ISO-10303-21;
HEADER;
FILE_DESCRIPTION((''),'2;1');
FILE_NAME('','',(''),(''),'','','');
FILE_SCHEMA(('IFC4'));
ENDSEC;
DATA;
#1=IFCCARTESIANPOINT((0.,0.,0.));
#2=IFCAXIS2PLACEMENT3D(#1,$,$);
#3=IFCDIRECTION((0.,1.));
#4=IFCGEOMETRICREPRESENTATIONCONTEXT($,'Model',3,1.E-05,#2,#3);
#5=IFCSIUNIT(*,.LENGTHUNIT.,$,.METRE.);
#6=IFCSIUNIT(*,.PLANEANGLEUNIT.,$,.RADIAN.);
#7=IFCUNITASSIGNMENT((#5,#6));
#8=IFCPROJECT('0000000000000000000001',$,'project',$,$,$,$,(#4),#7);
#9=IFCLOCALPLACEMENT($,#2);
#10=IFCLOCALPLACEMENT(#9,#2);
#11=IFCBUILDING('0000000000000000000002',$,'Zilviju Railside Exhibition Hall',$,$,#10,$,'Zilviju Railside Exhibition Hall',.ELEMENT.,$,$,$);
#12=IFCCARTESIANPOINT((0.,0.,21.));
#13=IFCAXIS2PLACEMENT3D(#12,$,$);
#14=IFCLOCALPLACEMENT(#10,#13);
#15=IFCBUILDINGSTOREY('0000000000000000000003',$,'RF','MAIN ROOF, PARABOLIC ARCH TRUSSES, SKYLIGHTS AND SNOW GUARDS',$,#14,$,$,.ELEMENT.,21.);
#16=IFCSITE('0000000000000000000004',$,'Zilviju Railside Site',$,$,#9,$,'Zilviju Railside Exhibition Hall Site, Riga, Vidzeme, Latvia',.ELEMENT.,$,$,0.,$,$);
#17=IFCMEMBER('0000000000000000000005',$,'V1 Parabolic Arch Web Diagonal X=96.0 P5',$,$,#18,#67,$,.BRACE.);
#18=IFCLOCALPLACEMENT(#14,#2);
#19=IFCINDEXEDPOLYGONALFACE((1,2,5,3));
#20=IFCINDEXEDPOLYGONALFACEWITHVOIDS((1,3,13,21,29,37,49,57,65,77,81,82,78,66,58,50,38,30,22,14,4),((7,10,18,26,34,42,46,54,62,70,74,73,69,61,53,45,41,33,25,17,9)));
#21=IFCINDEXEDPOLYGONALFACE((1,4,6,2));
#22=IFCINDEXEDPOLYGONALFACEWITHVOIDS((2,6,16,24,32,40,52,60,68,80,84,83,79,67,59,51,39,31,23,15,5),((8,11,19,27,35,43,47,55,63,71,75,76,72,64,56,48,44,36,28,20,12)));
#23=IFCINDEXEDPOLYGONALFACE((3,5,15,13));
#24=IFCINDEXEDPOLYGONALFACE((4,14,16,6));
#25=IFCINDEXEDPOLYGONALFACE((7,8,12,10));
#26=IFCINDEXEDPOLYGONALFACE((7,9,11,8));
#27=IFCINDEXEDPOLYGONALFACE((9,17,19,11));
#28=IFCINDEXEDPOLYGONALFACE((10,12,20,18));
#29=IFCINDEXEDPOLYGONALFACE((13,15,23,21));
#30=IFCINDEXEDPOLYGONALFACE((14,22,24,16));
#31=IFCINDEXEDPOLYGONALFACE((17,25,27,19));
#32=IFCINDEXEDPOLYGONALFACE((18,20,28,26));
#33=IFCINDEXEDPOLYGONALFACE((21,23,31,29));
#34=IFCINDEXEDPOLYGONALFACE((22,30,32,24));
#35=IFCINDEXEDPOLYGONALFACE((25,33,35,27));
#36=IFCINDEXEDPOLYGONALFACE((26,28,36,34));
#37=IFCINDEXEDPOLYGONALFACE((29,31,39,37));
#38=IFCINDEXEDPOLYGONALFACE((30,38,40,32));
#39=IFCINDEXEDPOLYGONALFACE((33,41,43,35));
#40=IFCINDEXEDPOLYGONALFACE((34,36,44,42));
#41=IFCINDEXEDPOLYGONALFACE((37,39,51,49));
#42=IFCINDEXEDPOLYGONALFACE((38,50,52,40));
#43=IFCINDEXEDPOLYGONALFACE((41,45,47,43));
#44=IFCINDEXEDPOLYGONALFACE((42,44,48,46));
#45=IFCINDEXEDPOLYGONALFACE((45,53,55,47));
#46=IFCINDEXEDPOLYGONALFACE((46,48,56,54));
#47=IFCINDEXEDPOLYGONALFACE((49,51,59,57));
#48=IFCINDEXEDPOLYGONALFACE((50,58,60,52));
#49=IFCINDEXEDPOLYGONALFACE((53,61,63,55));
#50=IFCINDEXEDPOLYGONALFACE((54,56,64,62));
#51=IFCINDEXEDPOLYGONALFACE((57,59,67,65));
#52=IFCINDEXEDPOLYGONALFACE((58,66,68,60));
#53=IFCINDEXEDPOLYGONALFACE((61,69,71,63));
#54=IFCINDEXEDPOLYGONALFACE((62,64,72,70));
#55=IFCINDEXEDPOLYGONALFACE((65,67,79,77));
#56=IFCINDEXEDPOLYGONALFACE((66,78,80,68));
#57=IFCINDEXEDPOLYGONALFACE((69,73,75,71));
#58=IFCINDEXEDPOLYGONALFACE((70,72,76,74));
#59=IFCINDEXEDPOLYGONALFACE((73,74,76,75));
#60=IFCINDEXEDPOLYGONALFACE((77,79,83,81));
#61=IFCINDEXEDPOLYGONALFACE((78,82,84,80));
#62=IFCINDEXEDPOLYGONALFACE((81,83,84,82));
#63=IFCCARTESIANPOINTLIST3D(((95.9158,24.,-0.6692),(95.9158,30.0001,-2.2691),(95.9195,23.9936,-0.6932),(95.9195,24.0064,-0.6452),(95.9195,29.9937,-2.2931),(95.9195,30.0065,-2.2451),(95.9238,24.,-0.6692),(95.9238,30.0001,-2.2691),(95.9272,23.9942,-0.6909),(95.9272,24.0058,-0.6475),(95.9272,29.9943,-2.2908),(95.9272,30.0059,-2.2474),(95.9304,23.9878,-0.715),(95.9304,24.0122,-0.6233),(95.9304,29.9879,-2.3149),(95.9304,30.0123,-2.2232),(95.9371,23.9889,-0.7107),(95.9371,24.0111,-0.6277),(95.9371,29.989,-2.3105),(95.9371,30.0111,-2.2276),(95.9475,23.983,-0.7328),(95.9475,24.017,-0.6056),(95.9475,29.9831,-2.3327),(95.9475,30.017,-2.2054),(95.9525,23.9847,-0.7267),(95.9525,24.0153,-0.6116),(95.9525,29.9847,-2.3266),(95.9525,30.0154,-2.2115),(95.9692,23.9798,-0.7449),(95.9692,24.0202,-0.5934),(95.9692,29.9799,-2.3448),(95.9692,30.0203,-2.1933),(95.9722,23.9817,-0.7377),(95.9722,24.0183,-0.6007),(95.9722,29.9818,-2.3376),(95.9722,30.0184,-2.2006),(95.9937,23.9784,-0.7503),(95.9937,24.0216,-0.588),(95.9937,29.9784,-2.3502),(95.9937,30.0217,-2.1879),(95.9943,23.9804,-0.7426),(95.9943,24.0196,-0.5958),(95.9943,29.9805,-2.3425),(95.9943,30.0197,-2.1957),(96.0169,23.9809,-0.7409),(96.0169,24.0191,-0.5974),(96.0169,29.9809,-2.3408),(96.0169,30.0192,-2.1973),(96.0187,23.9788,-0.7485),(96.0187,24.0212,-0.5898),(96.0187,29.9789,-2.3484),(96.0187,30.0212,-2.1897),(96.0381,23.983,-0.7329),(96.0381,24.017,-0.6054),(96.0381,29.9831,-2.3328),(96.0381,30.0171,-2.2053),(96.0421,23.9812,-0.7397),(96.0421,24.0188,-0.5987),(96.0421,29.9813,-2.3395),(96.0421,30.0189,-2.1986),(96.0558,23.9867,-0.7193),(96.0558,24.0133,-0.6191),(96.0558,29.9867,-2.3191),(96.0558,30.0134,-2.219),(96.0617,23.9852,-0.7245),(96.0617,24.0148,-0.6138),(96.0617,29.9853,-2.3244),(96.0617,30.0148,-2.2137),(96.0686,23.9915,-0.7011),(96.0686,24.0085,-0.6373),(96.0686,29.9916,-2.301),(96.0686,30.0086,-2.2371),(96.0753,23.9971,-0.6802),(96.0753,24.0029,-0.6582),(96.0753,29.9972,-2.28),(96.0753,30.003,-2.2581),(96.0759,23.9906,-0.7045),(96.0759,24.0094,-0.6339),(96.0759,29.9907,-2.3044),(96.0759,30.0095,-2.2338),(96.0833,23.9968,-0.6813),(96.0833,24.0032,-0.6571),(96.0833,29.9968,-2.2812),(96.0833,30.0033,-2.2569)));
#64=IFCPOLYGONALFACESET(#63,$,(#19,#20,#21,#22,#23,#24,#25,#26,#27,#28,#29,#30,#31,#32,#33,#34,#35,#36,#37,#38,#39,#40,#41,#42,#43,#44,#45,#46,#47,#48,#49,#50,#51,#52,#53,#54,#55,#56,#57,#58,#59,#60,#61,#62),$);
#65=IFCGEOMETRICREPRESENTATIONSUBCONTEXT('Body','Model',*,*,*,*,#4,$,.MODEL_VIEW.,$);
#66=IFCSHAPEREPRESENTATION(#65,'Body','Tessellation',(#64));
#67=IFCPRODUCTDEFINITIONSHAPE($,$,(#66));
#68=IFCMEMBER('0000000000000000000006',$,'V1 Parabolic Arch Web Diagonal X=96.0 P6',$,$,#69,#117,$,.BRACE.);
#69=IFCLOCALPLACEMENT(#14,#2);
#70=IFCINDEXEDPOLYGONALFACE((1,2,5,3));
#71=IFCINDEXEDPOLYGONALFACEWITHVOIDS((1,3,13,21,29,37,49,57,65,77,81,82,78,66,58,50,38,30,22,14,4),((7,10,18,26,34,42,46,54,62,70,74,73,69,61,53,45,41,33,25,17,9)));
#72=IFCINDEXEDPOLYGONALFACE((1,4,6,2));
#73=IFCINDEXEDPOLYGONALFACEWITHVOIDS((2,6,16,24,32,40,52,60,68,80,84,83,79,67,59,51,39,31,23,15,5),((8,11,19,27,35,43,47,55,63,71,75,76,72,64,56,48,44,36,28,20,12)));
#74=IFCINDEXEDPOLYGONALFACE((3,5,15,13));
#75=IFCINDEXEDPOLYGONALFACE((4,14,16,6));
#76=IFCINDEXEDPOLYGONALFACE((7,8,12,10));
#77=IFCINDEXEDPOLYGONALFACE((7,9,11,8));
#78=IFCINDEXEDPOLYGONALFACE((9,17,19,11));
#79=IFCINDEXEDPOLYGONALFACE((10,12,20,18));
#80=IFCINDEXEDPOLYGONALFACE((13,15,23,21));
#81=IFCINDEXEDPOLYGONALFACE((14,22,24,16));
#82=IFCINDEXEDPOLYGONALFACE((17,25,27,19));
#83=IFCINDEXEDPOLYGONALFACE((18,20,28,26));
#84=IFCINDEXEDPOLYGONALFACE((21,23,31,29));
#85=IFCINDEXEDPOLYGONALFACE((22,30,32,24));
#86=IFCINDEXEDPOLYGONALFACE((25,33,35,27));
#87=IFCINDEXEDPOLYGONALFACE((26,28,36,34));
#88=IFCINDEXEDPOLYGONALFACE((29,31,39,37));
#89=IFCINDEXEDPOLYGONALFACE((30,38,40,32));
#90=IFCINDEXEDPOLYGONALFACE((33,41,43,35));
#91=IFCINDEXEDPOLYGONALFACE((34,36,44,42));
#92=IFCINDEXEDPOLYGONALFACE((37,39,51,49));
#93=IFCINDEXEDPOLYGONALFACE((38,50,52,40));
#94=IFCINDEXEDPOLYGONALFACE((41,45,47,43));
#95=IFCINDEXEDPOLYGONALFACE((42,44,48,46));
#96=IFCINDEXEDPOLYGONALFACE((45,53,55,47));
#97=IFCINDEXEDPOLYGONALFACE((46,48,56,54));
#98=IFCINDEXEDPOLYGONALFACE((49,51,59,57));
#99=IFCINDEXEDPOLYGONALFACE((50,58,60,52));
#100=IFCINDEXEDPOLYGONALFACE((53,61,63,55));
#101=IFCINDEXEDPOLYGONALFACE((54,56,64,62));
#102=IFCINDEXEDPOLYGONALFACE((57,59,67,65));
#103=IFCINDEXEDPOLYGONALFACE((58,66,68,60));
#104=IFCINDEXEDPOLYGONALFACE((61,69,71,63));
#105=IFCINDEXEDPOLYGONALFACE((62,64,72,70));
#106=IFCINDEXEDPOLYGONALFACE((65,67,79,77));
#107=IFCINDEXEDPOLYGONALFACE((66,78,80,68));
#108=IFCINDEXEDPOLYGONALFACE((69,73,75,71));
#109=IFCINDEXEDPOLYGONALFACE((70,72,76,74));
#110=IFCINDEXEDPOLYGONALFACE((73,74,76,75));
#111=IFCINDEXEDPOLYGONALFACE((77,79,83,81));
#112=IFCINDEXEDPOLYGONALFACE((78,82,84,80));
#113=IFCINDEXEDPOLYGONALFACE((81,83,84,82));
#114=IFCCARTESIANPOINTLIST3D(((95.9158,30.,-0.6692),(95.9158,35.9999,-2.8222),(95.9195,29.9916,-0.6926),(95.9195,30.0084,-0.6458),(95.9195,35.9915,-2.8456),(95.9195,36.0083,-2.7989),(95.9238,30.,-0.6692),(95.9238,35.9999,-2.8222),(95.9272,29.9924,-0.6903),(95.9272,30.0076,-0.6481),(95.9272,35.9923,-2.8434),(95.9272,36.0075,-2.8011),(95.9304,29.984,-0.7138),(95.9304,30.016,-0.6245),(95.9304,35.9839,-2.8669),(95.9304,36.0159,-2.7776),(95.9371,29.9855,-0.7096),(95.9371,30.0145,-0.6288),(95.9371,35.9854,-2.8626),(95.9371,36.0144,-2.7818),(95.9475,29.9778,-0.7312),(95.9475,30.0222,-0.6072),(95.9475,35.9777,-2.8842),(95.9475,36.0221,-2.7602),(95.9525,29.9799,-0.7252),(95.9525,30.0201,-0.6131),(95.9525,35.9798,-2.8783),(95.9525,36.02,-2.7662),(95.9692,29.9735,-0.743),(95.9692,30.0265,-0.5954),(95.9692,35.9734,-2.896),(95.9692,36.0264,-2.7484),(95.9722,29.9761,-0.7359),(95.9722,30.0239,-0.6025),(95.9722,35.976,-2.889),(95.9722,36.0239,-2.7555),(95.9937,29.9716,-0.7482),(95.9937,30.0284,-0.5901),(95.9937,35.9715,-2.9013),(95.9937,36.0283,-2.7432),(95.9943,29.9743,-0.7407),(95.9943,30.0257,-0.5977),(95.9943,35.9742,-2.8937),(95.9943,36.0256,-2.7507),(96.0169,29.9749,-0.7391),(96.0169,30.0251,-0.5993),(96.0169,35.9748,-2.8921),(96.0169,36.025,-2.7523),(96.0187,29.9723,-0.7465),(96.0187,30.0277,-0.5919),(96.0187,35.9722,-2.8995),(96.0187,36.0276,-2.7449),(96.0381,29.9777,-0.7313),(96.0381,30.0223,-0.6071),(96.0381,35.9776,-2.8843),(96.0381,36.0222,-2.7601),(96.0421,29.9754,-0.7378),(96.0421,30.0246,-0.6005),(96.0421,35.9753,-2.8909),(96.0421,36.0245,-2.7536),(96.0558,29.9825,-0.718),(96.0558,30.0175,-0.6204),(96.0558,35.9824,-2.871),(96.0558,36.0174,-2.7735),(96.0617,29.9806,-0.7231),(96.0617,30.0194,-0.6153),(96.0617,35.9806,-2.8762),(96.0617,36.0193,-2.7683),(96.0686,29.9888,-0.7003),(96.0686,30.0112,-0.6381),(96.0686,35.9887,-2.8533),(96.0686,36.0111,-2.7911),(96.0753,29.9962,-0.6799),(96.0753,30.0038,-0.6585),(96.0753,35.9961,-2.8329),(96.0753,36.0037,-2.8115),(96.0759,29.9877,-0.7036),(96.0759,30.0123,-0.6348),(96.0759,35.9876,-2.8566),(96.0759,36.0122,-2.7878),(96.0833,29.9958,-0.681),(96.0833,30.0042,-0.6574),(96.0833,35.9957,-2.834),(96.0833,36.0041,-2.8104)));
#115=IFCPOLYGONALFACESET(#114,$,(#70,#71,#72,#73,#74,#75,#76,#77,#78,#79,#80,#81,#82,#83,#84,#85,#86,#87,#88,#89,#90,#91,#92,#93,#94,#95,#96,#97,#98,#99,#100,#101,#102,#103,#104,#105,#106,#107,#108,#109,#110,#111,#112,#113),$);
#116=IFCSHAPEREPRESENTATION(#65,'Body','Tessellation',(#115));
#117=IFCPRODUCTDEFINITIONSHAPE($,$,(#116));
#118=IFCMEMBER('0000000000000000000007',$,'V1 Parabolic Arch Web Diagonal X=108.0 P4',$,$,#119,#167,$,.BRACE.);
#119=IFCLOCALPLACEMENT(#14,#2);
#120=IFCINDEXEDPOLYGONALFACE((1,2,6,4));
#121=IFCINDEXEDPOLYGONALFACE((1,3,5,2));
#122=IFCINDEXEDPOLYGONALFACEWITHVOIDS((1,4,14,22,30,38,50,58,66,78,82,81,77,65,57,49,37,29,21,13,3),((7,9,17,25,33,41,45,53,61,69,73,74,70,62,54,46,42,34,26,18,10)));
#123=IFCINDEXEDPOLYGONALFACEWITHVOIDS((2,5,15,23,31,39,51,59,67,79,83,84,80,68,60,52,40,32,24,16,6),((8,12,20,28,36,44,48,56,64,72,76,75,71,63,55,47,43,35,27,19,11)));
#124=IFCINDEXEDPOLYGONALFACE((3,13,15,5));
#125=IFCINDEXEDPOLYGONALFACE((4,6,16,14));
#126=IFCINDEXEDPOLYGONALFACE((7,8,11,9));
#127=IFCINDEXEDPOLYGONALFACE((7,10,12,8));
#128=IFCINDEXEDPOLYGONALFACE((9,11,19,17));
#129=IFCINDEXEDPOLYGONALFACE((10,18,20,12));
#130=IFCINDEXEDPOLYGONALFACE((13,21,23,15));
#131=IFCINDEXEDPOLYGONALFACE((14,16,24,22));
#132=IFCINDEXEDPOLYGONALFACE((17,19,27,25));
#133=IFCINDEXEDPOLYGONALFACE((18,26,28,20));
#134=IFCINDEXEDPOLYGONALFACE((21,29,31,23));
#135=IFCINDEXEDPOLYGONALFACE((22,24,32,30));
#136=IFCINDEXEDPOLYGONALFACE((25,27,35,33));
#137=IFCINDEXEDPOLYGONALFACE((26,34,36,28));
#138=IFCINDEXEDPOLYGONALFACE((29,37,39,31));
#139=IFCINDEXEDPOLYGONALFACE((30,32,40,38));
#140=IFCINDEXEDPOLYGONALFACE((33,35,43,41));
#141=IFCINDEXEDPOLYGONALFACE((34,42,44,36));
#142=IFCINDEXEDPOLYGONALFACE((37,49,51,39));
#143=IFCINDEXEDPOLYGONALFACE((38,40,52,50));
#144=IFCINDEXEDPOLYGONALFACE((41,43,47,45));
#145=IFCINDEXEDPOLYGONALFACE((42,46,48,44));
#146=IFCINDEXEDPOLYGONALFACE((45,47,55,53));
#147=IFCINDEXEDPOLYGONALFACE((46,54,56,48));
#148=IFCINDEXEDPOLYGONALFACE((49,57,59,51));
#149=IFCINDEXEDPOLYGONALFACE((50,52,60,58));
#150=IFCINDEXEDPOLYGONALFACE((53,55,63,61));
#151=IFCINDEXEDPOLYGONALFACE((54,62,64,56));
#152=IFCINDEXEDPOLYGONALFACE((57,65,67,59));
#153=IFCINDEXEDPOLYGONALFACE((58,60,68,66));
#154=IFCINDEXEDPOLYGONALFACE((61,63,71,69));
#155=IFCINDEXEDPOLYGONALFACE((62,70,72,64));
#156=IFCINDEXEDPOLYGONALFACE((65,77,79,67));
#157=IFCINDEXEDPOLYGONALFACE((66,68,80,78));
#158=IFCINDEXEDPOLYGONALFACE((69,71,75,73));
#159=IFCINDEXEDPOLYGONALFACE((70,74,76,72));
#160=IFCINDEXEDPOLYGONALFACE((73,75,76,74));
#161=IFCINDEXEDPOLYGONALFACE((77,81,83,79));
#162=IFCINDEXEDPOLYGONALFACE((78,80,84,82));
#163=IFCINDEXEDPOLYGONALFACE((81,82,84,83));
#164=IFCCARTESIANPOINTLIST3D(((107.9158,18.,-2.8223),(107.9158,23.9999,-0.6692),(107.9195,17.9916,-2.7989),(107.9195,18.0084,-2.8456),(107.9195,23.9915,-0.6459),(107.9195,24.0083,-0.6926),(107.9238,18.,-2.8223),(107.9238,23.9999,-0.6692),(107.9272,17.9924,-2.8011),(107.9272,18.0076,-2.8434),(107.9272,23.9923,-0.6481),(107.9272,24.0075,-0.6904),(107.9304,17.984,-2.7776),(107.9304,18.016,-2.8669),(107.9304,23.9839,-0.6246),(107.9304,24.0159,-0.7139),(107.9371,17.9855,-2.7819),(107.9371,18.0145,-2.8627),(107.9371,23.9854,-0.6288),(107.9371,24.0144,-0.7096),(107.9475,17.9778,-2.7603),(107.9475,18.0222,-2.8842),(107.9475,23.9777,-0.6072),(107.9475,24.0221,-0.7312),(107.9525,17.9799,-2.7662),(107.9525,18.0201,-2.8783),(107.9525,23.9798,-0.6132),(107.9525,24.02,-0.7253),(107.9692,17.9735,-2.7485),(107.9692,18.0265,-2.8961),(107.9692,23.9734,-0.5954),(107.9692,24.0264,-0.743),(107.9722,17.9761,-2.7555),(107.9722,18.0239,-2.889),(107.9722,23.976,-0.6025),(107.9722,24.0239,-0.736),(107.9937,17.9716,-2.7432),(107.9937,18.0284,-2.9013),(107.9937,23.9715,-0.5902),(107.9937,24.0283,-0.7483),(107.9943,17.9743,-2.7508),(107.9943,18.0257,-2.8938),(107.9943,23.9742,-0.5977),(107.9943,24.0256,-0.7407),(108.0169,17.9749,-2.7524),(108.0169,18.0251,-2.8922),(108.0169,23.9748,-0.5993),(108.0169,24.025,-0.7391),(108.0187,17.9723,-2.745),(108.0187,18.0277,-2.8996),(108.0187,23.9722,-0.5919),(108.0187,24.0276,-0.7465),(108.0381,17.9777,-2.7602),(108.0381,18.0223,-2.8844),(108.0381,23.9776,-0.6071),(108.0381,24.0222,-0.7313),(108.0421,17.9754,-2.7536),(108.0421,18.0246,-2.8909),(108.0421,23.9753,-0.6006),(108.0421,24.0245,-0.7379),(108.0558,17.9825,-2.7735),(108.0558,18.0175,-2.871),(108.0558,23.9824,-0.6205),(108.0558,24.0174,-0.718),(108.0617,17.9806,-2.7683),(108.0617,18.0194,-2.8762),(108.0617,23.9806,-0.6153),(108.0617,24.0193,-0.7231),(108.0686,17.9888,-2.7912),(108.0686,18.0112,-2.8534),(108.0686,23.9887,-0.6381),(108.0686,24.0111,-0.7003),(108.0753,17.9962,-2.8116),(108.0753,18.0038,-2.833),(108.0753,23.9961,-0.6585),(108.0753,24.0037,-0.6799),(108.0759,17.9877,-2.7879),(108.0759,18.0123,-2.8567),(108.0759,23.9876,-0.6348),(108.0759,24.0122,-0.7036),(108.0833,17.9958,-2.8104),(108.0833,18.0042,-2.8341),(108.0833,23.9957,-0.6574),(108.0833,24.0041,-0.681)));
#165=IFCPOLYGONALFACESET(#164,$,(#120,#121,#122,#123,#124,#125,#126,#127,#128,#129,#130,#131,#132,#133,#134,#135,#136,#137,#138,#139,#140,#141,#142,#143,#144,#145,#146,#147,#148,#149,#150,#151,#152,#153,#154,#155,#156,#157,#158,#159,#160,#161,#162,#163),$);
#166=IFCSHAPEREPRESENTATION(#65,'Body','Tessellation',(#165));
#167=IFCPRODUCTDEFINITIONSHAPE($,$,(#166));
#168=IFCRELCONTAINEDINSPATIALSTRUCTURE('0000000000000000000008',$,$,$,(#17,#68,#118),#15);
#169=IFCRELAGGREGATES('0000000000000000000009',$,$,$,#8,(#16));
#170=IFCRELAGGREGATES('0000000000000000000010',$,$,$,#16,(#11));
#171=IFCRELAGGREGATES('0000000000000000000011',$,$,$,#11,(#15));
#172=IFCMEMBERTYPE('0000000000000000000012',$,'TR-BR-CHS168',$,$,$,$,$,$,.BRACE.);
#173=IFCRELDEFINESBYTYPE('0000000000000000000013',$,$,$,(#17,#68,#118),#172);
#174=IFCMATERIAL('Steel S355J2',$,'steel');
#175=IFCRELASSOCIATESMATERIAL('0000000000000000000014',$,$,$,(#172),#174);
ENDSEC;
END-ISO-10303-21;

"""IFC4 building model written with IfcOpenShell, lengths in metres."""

from ifc_helpers import new_model, si_unit, direction, frame, origin, origin_2d, place, context, subcontext, project, spatial, hollow_circle, extrude, material, material_profile, profile_set, type_object, element, save


model = new_model("IFC4")

# Units and contexts
model_context = context("Model", 3, precision=1e-05, world=origin(), true_north=direction((0.0, 1.0)))
body_context = subcontext(model_context, "Body", "Model", "MODEL_VIEW")
ifc_project = project(units=[si_unit("LENGTHUNIT", "METRE"), si_unit("PLANEANGLEUNIT", "RADIAN")], contexts=[model_context])

# Site, building, storey
site_placement = place(None, origin())
site = spatial("IfcSite", under=ifc_project, at=site_placement, Name="Zilviju Railside Site", LongName="Zilviju Railside Exhibition Hall Site, Riga, Vidzeme, Latvia", CompositionType="ELEMENT", RefElevation=0.0)
building_placement = place(site_placement, origin())
building = spatial("IfcBuilding", under=site, at=building_placement, Name="Zilviju Railside Exhibition Hall", LongName="Zilviju Railside Exhibition Hall", CompositionType="ELEMENT")
storey_placement = place(building_placement, frame((0.0, 0.0, 21.0)))
storey = spatial("IfcBuildingStorey", under=building, at=storey_placement, Name="RF", Description="MAIN ROOF, PARABOLIC ARCH TRUSSES, SKYLIGHTS AND SNOW GUARDS", CompositionType="ELEMENT", Elevation=21.0)

# Members
ifc_material_1 = material(Name="Steel S355J2", Category="steel")
ifc_material_profile_1 = material_profile(ifc_material_1, hollow_circle(Radius=0.0842, WallThickness=0.0081, at=origin_2d()), Name="CHS 168.3x8.0")
ifc_profile_set_1 = profile_set([ifc_material_profile_1], Name="Steel S355J2")
member_type_1 = type_object("IfcMemberType", Name="TR-BR-CHS168", PredefinedType="BRACE", material=ifc_profile_set_1)
member_1_placement = place(storey_placement, frame((96.0, 24.0, -0.6692), z_axis=(0.0, 0.966241, -0.257641), x_axis=(-1.0, 0.0, 0.0)))
element("IfcMember", 1, at=member_1_placement, inside=storey, type_object=member_type_1, Name="V1 Parabolic Arch Web Diagonal X=96.0 P5", PredefinedType="BRACE", context=body_context, shape_type="SweptSolid", body=[
    extrude(hollow_circle(Radius=0.0842, WallThickness=0.0081, at=origin_2d()), origin(), (0.0, 0.0, 1.0), 6.2097),
])
for number, where, z_axis, x_axis, name in (
    (2, (96.0, 30.0, -0.6692), (0.0, 0.941233, -0.337758), (-1.0, 0.0, 0.0), "V1 Parabolic Arch Web Diagonal X=96.0 P6"),
    (3, (108.0, 18.0, -2.8223), (0.0, 0.941233, 0.337758), (-1.0, 0.0, 0.0), "V1 Parabolic Arch Web Diagonal X=108.0 P4"),
):
    element("IfcMember", number, at=place(storey_placement, frame(where, z_axis=z_axis, x_axis=x_axis)), inside=storey, type_object=member_type_1, Name=name, PredefinedType="BRACE", context=body_context, shape_type="SweptSolid", body=[
        extrude(hollow_circle(Radius=0.0842, WallThickness=0.0081, at=origin_2d()), origin(), (0.0, 0.0, 1.0), 6.3745),
    ])

save(model, "model.ifc")
